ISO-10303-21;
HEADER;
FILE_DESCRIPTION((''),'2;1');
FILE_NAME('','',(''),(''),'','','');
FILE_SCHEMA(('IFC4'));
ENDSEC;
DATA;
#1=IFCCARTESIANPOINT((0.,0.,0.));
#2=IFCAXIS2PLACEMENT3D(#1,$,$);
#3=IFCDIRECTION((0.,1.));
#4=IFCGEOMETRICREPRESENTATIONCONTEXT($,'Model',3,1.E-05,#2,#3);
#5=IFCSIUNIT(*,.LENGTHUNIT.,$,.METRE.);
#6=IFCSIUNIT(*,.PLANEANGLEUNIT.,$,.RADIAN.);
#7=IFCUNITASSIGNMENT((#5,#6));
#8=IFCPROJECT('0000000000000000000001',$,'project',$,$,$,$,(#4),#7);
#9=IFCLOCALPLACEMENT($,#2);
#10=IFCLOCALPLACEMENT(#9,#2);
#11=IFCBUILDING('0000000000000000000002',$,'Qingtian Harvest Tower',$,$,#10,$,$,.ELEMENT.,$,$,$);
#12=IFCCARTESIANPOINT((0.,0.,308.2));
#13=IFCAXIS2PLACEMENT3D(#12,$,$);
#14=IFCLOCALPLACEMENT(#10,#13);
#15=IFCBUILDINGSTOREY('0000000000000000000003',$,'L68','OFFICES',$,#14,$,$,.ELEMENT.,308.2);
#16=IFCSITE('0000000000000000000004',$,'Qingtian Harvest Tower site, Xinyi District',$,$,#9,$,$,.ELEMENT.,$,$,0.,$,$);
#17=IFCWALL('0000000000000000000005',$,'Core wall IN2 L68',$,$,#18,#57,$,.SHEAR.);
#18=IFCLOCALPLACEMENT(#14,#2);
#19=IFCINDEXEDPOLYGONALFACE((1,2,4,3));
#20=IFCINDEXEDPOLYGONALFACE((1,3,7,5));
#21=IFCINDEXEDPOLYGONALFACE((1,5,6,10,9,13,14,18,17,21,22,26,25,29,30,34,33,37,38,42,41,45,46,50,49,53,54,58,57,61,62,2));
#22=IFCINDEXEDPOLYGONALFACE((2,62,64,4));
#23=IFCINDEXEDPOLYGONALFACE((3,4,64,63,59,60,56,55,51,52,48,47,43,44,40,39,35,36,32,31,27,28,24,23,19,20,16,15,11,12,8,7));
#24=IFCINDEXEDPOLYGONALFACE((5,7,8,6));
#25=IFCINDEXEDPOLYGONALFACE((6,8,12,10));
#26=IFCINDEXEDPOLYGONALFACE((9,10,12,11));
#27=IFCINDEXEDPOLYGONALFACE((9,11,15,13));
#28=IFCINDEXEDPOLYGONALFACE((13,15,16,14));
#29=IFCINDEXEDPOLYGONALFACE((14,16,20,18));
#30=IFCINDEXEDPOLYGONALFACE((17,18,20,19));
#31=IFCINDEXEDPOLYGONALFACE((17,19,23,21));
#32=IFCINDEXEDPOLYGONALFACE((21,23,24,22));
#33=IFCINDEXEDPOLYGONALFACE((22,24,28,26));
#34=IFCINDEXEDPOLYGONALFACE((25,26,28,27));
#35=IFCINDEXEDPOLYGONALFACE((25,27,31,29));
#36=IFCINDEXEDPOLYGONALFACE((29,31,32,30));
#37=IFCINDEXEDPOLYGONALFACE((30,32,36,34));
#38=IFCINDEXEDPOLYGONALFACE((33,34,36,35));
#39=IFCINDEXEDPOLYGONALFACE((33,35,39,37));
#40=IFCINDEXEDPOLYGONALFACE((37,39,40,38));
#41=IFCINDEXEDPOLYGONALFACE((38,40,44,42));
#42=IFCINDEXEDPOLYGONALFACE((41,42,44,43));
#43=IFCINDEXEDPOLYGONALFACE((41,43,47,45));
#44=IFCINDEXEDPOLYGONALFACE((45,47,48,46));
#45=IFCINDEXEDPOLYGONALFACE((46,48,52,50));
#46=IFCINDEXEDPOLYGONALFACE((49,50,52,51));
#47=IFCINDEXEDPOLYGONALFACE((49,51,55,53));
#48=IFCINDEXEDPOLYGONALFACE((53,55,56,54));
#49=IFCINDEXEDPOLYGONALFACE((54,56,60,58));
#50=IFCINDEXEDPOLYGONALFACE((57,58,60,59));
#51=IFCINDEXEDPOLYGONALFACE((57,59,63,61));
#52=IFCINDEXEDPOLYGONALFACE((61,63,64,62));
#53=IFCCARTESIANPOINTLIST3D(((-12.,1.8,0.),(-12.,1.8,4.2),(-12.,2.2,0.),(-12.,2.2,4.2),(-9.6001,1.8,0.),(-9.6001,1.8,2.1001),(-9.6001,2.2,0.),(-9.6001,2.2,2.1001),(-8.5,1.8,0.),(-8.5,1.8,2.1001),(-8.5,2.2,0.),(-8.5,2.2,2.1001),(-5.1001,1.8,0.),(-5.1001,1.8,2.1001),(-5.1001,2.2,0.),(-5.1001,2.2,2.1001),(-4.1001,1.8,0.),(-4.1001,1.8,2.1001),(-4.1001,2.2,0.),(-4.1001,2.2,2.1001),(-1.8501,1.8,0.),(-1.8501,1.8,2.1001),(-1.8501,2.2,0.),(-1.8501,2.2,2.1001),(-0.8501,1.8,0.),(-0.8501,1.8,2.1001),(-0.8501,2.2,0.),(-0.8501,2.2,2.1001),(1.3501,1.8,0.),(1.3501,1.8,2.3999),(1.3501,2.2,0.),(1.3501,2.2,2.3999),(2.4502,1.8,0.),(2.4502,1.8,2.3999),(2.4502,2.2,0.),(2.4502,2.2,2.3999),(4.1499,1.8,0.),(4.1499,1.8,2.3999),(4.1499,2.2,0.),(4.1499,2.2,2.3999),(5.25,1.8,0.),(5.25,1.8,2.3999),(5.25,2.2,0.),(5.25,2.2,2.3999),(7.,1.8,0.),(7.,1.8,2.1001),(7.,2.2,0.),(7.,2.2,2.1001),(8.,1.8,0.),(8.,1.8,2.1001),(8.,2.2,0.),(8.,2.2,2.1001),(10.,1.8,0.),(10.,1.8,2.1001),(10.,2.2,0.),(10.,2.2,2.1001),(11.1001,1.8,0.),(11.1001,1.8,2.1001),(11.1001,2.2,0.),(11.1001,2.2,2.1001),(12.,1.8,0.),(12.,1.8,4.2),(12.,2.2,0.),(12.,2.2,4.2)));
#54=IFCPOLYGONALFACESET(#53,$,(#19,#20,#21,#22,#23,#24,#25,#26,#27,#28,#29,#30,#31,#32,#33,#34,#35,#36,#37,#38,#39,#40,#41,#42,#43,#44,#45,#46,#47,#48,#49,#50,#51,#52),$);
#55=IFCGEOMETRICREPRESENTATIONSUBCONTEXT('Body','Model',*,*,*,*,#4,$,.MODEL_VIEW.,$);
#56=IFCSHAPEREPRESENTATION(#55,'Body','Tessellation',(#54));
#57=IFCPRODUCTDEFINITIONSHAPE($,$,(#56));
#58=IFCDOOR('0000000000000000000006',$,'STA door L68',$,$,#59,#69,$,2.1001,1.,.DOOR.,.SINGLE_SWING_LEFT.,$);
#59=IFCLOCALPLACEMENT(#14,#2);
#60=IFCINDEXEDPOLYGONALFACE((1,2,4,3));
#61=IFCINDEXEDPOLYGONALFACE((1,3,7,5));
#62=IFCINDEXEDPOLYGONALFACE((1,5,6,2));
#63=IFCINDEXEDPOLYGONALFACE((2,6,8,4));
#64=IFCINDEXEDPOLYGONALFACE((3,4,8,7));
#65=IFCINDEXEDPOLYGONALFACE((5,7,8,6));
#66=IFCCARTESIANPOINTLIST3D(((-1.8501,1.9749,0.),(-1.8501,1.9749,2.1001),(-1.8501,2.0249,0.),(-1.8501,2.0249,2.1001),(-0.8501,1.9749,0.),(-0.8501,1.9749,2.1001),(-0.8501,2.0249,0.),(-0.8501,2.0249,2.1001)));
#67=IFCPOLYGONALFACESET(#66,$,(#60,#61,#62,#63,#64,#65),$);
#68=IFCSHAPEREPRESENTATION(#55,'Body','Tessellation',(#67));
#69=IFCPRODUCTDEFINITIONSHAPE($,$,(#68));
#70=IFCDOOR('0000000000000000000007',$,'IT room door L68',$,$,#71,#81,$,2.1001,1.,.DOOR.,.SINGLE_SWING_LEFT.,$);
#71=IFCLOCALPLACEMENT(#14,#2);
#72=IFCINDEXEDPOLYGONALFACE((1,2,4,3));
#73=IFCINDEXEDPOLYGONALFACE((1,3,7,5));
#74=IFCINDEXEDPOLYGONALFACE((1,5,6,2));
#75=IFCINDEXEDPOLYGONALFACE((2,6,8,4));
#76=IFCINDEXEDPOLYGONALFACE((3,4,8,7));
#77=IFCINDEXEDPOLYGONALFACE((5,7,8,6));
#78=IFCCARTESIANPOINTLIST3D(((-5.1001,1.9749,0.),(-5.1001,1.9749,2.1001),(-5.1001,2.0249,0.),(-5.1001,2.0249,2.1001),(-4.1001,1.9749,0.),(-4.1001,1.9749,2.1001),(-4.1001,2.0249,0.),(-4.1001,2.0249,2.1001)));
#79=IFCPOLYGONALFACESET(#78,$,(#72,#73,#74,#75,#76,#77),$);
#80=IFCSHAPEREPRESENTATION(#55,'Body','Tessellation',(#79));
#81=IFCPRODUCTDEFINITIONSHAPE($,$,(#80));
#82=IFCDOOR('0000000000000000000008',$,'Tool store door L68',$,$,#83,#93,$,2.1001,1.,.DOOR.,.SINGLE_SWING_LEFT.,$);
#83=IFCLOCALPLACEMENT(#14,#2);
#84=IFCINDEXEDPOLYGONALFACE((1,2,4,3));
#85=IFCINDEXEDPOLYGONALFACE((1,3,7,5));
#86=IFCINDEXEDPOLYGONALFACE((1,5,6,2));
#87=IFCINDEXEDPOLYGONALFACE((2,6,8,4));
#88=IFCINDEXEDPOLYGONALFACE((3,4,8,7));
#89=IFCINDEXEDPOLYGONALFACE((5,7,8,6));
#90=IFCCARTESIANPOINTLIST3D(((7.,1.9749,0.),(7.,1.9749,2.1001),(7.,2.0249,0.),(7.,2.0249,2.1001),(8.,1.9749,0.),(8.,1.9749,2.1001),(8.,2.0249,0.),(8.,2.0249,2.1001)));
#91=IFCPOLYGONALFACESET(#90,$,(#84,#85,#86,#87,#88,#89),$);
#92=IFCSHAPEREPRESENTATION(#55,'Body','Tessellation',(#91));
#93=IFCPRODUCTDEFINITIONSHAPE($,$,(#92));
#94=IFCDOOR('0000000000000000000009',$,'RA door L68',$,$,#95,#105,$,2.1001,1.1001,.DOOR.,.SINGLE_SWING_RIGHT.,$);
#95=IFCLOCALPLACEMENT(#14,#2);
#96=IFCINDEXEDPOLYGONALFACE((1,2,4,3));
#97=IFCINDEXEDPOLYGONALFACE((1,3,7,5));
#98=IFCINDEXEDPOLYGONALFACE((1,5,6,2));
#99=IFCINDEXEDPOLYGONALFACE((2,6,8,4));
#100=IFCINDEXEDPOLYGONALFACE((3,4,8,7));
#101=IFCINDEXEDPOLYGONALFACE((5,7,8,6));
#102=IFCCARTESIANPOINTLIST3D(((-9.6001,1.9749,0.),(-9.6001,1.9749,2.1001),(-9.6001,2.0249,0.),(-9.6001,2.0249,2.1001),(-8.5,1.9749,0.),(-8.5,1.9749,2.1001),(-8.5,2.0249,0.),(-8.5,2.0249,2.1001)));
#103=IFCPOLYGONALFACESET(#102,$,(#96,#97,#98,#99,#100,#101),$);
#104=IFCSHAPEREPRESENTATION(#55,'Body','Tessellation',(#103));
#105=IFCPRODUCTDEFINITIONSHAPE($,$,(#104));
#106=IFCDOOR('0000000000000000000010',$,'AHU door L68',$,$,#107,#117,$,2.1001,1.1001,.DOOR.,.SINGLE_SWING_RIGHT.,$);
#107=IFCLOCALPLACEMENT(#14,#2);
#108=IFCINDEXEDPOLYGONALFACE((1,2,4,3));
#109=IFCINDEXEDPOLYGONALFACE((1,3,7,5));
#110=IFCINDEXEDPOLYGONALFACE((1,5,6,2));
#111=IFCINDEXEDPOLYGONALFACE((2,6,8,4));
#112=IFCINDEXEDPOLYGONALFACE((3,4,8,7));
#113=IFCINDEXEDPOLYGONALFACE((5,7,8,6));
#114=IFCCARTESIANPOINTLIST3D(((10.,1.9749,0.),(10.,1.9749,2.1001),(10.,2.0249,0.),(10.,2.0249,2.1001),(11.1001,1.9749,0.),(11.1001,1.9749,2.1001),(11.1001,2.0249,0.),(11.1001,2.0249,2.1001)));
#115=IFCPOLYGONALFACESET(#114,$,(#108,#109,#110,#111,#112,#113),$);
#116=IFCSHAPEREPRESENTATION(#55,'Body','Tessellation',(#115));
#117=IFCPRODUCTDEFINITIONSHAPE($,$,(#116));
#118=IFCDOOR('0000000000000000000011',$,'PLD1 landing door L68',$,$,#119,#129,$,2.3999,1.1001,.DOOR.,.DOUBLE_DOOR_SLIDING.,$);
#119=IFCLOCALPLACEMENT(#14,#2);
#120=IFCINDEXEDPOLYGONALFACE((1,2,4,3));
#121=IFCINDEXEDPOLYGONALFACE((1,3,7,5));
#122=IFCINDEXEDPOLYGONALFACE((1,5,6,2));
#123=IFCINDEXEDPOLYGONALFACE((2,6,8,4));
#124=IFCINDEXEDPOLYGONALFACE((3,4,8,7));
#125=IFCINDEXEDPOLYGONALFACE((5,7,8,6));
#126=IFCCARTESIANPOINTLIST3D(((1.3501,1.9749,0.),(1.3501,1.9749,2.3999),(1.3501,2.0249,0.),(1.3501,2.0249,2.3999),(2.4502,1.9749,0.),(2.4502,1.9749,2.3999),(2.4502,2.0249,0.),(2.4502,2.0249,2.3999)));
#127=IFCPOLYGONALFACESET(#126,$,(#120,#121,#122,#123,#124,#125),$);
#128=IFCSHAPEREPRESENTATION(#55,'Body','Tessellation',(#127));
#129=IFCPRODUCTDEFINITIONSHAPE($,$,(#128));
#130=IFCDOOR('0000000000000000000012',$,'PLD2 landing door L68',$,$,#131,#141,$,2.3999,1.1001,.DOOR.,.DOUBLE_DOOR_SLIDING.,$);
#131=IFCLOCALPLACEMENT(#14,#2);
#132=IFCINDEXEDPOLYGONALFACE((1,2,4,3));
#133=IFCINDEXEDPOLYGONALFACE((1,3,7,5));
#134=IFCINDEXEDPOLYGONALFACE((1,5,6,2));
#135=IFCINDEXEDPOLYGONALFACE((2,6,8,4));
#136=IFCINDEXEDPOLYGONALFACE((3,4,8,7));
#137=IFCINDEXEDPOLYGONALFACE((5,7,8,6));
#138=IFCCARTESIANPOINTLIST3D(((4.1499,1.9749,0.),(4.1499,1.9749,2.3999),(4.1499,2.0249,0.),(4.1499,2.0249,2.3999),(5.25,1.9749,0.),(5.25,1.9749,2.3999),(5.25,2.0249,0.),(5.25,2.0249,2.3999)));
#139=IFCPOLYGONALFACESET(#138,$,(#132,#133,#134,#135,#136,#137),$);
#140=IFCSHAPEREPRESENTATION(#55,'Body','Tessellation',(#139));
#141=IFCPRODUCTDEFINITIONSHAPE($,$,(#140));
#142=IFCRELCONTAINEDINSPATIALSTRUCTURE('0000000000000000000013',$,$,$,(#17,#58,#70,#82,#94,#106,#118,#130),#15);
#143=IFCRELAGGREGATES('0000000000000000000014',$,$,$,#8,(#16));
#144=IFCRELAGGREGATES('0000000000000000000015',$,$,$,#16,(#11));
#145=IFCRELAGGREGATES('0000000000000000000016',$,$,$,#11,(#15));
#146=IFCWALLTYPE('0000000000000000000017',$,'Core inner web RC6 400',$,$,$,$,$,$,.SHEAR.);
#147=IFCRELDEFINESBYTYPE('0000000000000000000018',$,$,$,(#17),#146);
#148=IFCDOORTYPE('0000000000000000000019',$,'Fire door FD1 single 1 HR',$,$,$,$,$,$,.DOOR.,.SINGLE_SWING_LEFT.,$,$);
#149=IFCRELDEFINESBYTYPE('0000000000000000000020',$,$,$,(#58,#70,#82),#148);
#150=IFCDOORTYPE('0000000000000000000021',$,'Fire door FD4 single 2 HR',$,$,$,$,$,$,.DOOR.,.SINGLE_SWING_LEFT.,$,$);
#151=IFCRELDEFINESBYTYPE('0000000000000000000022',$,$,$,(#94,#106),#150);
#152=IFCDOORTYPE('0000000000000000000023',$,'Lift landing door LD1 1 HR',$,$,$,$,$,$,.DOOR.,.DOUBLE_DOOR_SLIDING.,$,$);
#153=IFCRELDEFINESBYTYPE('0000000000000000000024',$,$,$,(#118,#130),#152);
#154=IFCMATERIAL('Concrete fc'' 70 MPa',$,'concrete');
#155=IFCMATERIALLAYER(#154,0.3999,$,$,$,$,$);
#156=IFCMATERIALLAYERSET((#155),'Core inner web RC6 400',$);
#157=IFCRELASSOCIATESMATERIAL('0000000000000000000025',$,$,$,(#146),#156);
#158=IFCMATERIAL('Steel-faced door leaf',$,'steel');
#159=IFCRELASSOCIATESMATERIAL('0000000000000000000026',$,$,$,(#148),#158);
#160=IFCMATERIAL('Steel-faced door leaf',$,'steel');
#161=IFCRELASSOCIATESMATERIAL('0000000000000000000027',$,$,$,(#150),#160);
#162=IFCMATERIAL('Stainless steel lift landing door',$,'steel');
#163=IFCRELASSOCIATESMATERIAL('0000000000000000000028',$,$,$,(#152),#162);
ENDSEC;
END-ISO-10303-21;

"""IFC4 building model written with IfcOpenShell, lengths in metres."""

from ifc_helpers import new_model, si_unit, direction, frame, frame_2d, origin, place, context, subcontext, project, spatial, rectangle, extrude, material, layer, layer_set, type_object, element, fill, save


model = new_model("IFC4")

# Units and contexts
model_context = context("Model", 3, precision=1e-05, world=origin(), true_north=direction((0.0, 1.0)))
body_context = subcontext(model_context, "Body", "Model", "MODEL_VIEW")
ifc_project = project(units=[si_unit("LENGTHUNIT", "METRE"), si_unit("PLANEANGLEUNIT", "RADIAN")], contexts=[model_context])

# Site, building, storey
site_placement = place(None, origin())
site = spatial("IfcSite", under=ifc_project, at=site_placement, Name="Qingtian Harvest Tower site, Xinyi District", CompositionType="ELEMENT", RefElevation=0.0)
building_placement = place(site_placement, origin())
building = spatial("IfcBuilding", under=site, at=building_placement, Name="Qingtian Harvest Tower", CompositionType="ELEMENT")
storey_placement = place(building_placement, frame((0.0, 0.0, 308.2)))
storey = spatial("IfcBuildingStorey", under=building, at=storey_placement, Name="L68", Description="OFFICES", CompositionType="ELEMENT", Elevation=308.2)

# Wall, openings, doors
ifc_material_1 = material(Name="Concrete fc' 70 MPa", Category="concrete")
ifc_layer_1 = layer(ifc_material_1, 0.3999)
ifc_layer_set_1 = layer_set([ifc_layer_1], Name="Core inner web RC6 400")
wall_type_1 = type_object("IfcWallType", Name="Core inner web RC6 400", PredefinedType="SHEAR", material=ifc_layer_set_1)
wall_1_placement = place(storey_placement, frame((-12.0, 2.0, 0.0), z_axis=(0.0, 0.0, 1.0), x_axis=(1.0, 0.0, 0.0)))
wall_1 = element("IfcWall", 1, at=wall_1_placement, inside=storey, type_object=wall_type_1, Name="Core wall IN2 L68", PredefinedType="SHEAR", context=body_context, shape_type="SweptSolid", body=[
    extrude(rectangle(XDim=24.0, YDim=0.3999, at=frame_2d((12.0, 0.0))), origin(), (0.0, 0.0, 1.0), 4.2),
])
opening_1_placement = place(wall_1_placement, frame((2.3999, 0.0, 0.0)))
opening_1 = element("IfcOpeningElement", 2, at=opening_1_placement, cuts=wall_1, PredefinedType="OPENING", context=body_context, shape_type="SweptSolid", body=[
    extrude(rectangle(XDim=1.1001, YDim=2.1001, at=frame_2d((0.55, 1.05))), frame((0.0, 0.21, 0.0), z_axis=(0.0, -1.0, 0.0), x_axis=(1.0, 0.0, 0.0)), (0.0, 0.0, 1.0), 0.4199),
])
opening_2_placement = place(wall_1_placement, frame((22.0, 0.0, 0.0)))
opening_2 = element("IfcOpeningElement", 3, at=opening_2_placement, cuts=wall_1, PredefinedType="OPENING", context=body_context, shape_type="SweptSolid", body=[
    extrude(rectangle(XDim=1.1001, YDim=2.1001, at=frame_2d((0.55, 1.05))), frame((0.0, 0.21, 0.0), z_axis=(0.0, -1.0, 0.0), x_axis=(1.0, 0.0, 0.0)), (0.0, 0.0, 1.0), 0.4199),
])
opening_3_placement = place(wall_1_placement, frame((10.1499, 0.0, 0.0)))
opening_3 = element("IfcOpeningElement", 4, at=opening_3_placement, cuts=wall_1, PredefinedType="OPENING", context=body_context, shape_type="SweptSolid", body=[
    extrude(rectangle(XDim=1.0, YDim=2.1001, at=frame_2d((0.5, 1.05))), frame((0.0, 0.21, 0.0), z_axis=(0.0, -1.0, 0.0), x_axis=(1.0, 0.0, 0.0)), (0.0, 0.0, 1.0), 0.4199),
])
opening_4_placement = place(wall_1_placement, frame((6.8999, 0.0, 0.0)))
opening_4 = element("IfcOpeningElement", 5, at=opening_4_placement, cuts=wall_1, PredefinedType="OPENING", context=body_context, shape_type="SweptSolid", body=[
    extrude(rectangle(XDim=1.0, YDim=2.1001, at=frame_2d((0.5, 1.05))), frame((0.0, 0.21, 0.0), z_axis=(0.0, -1.0, 0.0), x_axis=(1.0, 0.0, 0.0)), (0.0, 0.0, 1.0), 0.4199),
])
opening_5_placement = place(wall_1_placement, frame((13.3501, 0.0, 0.0)))
opening_5 = element("IfcOpeningElement", 6, at=opening_5_placement, cuts=wall_1, PredefinedType="OPENING", context=body_context, shape_type="SweptSolid", body=[
    extrude(rectangle(XDim=1.1001, YDim=2.3999, at=frame_2d((0.55, 1.2))), frame((0.0, 0.21, 0.0), z_axis=(0.0, -1.0, 0.0), x_axis=(1.0, 0.0, 0.0)), (0.0, 0.0, 1.0), 0.4199),
])
opening_6_placement = place(wall_1_placement, frame((16.1499, 0.0, 0.0)))
opening_6 = element("IfcOpeningElement", 7, at=opening_6_placement, cuts=wall_1, PredefinedType="OPENING", context=body_context, shape_type="SweptSolid", body=[
    extrude(rectangle(XDim=1.1001, YDim=2.3999, at=frame_2d((0.55, 1.2))), frame((0.0, 0.21, 0.0), z_axis=(0.0, -1.0, 0.0), x_axis=(1.0, 0.0, 0.0)), (0.0, 0.0, 1.0), 0.4199),
])
opening_7_placement = place(wall_1_placement, frame((19.0, 0.0, 0.0)))
opening_7 = element("IfcOpeningElement", 8, at=opening_7_placement, cuts=wall_1, PredefinedType="OPENING", context=body_context, shape_type="SweptSolid", body=[
    extrude(rectangle(XDim=1.0, YDim=2.1001, at=frame_2d((0.5, 1.05))), frame((0.0, 0.21, 0.0), z_axis=(0.0, -1.0, 0.0), x_axis=(1.0, 0.0, 0.0)), (0.0, 0.0, 1.0), 0.4199),
])
ifc_material_2 = material(Name="Steel-faced door leaf", Category="steel")
door_type_1 = type_object("IfcDoorType", Name="Fire door FD1 single 1 HR", OperationType="SINGLE_SWING_LEFT", PredefinedType="DOOR", material=ifc_material_2)
door_1_placement = place(opening_3_placement, origin())
door_1 = element("IfcDoor", 9, at=door_1_placement, inside=storey, type_object=door_type_1, Name="STA door L68", OperationType="SINGLE_SWING_LEFT", OverallHeight=2.1001, OverallWidth=1.0, PredefinedType="DOOR", context=body_context, shape_type="SweptSolid", body=[
    extrude(rectangle(XDim=1.0, YDim=2.1001, at=frame_2d((0.5, 1.05))), frame((0.0, 0.0249, 0.0), z_axis=(0.0, -1.0, 0.0), x_axis=(1.0, 0.0, 0.0)), (0.0, 0.0, 1.0), 0.05),
])
fill(opening_3, door_1)
door_2_placement = place(opening_4_placement, origin())
door_2 = element("IfcDoor", 10, at=door_2_placement, inside=storey, type_object=door_type_1, Name="IT room door L68", OperationType="SINGLE_SWING_LEFT", OverallHeight=2.1001, OverallWidth=1.0, PredefinedType="DOOR", context=body_context, shape_type="SweptSolid", body=[
    extrude(rectangle(XDim=1.0, YDim=2.1001, at=frame_2d((0.5, 1.05))), frame((0.0, 0.0249, 0.0), z_axis=(0.0, -1.0, 0.0), x_axis=(1.0, 0.0, 0.0)), (0.0, 0.0, 1.0), 0.05),
])
fill(opening_4, door_2)
door_3_placement = place(opening_7_placement, origin())
door_3 = element("IfcDoor", 11, at=door_3_placement, inside=storey, type_object=door_type_1, Name="Tool store door L68", OperationType="SINGLE_SWING_LEFT", OverallHeight=2.1001, OverallWidth=1.0, PredefinedType="DOOR", context=body_context, shape_type="SweptSolid", body=[
    extrude(rectangle(XDim=1.0, YDim=2.1001, at=frame_2d((0.5, 1.05))), frame((0.0, 0.0249, 0.0), z_axis=(0.0, -1.0, 0.0), x_axis=(1.0, 0.0, 0.0)), (0.0, 0.0, 1.0), 0.05),
])
fill(opening_7, door_3)
ifc_material_3 = material(Name="Steel-faced door leaf", Category="steel")
door_type_2 = type_object("IfcDoorType", Name="Fire door FD4 single 2 HR", OperationType="SINGLE_SWING_LEFT", PredefinedType="DOOR", material=ifc_material_3)
door_4_placement = place(opening_1_placement, origin())
door_4 = element("IfcDoor", 12, at=door_4_placement, inside=storey, type_object=door_type_2, Name="RA door L68", OperationType="SINGLE_SWING_RIGHT", OverallHeight=2.1001, OverallWidth=1.1001, PredefinedType="DOOR", context=body_context, shape_type="SweptSolid", body=[
    extrude(rectangle(XDim=1.1001, YDim=2.1001, at=frame_2d((0.55, 1.05))), frame((0.0, 0.0249, 0.0), z_axis=(0.0, -1.0, 0.0), x_axis=(1.0, 0.0, 0.0)), (0.0, 0.0, 1.0), 0.05),
])
fill(opening_1, door_4)
door_5_placement = place(opening_2_placement, origin())
door_5 = element("IfcDoor", 13, at=door_5_placement, inside=storey, type_object=door_type_2, Name="AHU door L68", OperationType="SINGLE_SWING_RIGHT", OverallHeight=2.1001, OverallWidth=1.1001, PredefinedType="DOOR", context=body_context, shape_type="SweptSolid", body=[
    extrude(rectangle(XDim=1.1001, YDim=2.1001, at=frame_2d((0.55, 1.05))), frame((0.0, 0.0249, 0.0), z_axis=(0.0, -1.0, 0.0), x_axis=(1.0, 0.0, 0.0)), (0.0, 0.0, 1.0), 0.05),
])
fill(opening_2, door_5)
ifc_material_4 = material(Name="Stainless steel lift landing door", Category="steel")
door_type_3 = type_object("IfcDoorType", Name="Lift landing door LD1 1 HR", OperationType="DOUBLE_DOOR_SLIDING", PredefinedType="DOOR", material=ifc_material_4)
door_6_placement = place(opening_5_placement, origin())
door_6 = element("IfcDoor", 14, at=door_6_placement, inside=storey, type_object=door_type_3, Name="PLD1 landing door L68", OperationType="DOUBLE_DOOR_SLIDING", OverallHeight=2.3999, OverallWidth=1.1001, PredefinedType="DOOR", context=body_context, shape_type="SweptSolid", body=[
    extrude(rectangle(XDim=1.1001, YDim=2.3999, at=frame_2d((0.55, 1.2))), frame((0.0, 0.0249, 0.0), z_axis=(0.0, -1.0, 0.0), x_axis=(1.0, 0.0, 0.0)), (0.0, 0.0, 1.0), 0.05),
])
fill(opening_5, door_6)
door_7_placement = place(opening_6_placement, origin())
door_7 = element("IfcDoor", 15, at=door_7_placement, inside=storey, type_object=door_type_3, Name="PLD2 landing door L68", OperationType="DOUBLE_DOOR_SLIDING", OverallHeight=2.3999, OverallWidth=1.1001, PredefinedType="DOOR", context=body_context, shape_type="SweptSolid", body=[
    extrude(rectangle(XDim=1.1001, YDim=2.3999, at=frame_2d((0.55, 1.2))), frame((0.0, 0.0249, 0.0), z_axis=(0.0, -1.0, 0.0), x_axis=(1.0, 0.0, 0.0)), (0.0, 0.0, 1.0), 0.05),
])
fill(opening_6, door_7)

save(model, "model.ifc")
